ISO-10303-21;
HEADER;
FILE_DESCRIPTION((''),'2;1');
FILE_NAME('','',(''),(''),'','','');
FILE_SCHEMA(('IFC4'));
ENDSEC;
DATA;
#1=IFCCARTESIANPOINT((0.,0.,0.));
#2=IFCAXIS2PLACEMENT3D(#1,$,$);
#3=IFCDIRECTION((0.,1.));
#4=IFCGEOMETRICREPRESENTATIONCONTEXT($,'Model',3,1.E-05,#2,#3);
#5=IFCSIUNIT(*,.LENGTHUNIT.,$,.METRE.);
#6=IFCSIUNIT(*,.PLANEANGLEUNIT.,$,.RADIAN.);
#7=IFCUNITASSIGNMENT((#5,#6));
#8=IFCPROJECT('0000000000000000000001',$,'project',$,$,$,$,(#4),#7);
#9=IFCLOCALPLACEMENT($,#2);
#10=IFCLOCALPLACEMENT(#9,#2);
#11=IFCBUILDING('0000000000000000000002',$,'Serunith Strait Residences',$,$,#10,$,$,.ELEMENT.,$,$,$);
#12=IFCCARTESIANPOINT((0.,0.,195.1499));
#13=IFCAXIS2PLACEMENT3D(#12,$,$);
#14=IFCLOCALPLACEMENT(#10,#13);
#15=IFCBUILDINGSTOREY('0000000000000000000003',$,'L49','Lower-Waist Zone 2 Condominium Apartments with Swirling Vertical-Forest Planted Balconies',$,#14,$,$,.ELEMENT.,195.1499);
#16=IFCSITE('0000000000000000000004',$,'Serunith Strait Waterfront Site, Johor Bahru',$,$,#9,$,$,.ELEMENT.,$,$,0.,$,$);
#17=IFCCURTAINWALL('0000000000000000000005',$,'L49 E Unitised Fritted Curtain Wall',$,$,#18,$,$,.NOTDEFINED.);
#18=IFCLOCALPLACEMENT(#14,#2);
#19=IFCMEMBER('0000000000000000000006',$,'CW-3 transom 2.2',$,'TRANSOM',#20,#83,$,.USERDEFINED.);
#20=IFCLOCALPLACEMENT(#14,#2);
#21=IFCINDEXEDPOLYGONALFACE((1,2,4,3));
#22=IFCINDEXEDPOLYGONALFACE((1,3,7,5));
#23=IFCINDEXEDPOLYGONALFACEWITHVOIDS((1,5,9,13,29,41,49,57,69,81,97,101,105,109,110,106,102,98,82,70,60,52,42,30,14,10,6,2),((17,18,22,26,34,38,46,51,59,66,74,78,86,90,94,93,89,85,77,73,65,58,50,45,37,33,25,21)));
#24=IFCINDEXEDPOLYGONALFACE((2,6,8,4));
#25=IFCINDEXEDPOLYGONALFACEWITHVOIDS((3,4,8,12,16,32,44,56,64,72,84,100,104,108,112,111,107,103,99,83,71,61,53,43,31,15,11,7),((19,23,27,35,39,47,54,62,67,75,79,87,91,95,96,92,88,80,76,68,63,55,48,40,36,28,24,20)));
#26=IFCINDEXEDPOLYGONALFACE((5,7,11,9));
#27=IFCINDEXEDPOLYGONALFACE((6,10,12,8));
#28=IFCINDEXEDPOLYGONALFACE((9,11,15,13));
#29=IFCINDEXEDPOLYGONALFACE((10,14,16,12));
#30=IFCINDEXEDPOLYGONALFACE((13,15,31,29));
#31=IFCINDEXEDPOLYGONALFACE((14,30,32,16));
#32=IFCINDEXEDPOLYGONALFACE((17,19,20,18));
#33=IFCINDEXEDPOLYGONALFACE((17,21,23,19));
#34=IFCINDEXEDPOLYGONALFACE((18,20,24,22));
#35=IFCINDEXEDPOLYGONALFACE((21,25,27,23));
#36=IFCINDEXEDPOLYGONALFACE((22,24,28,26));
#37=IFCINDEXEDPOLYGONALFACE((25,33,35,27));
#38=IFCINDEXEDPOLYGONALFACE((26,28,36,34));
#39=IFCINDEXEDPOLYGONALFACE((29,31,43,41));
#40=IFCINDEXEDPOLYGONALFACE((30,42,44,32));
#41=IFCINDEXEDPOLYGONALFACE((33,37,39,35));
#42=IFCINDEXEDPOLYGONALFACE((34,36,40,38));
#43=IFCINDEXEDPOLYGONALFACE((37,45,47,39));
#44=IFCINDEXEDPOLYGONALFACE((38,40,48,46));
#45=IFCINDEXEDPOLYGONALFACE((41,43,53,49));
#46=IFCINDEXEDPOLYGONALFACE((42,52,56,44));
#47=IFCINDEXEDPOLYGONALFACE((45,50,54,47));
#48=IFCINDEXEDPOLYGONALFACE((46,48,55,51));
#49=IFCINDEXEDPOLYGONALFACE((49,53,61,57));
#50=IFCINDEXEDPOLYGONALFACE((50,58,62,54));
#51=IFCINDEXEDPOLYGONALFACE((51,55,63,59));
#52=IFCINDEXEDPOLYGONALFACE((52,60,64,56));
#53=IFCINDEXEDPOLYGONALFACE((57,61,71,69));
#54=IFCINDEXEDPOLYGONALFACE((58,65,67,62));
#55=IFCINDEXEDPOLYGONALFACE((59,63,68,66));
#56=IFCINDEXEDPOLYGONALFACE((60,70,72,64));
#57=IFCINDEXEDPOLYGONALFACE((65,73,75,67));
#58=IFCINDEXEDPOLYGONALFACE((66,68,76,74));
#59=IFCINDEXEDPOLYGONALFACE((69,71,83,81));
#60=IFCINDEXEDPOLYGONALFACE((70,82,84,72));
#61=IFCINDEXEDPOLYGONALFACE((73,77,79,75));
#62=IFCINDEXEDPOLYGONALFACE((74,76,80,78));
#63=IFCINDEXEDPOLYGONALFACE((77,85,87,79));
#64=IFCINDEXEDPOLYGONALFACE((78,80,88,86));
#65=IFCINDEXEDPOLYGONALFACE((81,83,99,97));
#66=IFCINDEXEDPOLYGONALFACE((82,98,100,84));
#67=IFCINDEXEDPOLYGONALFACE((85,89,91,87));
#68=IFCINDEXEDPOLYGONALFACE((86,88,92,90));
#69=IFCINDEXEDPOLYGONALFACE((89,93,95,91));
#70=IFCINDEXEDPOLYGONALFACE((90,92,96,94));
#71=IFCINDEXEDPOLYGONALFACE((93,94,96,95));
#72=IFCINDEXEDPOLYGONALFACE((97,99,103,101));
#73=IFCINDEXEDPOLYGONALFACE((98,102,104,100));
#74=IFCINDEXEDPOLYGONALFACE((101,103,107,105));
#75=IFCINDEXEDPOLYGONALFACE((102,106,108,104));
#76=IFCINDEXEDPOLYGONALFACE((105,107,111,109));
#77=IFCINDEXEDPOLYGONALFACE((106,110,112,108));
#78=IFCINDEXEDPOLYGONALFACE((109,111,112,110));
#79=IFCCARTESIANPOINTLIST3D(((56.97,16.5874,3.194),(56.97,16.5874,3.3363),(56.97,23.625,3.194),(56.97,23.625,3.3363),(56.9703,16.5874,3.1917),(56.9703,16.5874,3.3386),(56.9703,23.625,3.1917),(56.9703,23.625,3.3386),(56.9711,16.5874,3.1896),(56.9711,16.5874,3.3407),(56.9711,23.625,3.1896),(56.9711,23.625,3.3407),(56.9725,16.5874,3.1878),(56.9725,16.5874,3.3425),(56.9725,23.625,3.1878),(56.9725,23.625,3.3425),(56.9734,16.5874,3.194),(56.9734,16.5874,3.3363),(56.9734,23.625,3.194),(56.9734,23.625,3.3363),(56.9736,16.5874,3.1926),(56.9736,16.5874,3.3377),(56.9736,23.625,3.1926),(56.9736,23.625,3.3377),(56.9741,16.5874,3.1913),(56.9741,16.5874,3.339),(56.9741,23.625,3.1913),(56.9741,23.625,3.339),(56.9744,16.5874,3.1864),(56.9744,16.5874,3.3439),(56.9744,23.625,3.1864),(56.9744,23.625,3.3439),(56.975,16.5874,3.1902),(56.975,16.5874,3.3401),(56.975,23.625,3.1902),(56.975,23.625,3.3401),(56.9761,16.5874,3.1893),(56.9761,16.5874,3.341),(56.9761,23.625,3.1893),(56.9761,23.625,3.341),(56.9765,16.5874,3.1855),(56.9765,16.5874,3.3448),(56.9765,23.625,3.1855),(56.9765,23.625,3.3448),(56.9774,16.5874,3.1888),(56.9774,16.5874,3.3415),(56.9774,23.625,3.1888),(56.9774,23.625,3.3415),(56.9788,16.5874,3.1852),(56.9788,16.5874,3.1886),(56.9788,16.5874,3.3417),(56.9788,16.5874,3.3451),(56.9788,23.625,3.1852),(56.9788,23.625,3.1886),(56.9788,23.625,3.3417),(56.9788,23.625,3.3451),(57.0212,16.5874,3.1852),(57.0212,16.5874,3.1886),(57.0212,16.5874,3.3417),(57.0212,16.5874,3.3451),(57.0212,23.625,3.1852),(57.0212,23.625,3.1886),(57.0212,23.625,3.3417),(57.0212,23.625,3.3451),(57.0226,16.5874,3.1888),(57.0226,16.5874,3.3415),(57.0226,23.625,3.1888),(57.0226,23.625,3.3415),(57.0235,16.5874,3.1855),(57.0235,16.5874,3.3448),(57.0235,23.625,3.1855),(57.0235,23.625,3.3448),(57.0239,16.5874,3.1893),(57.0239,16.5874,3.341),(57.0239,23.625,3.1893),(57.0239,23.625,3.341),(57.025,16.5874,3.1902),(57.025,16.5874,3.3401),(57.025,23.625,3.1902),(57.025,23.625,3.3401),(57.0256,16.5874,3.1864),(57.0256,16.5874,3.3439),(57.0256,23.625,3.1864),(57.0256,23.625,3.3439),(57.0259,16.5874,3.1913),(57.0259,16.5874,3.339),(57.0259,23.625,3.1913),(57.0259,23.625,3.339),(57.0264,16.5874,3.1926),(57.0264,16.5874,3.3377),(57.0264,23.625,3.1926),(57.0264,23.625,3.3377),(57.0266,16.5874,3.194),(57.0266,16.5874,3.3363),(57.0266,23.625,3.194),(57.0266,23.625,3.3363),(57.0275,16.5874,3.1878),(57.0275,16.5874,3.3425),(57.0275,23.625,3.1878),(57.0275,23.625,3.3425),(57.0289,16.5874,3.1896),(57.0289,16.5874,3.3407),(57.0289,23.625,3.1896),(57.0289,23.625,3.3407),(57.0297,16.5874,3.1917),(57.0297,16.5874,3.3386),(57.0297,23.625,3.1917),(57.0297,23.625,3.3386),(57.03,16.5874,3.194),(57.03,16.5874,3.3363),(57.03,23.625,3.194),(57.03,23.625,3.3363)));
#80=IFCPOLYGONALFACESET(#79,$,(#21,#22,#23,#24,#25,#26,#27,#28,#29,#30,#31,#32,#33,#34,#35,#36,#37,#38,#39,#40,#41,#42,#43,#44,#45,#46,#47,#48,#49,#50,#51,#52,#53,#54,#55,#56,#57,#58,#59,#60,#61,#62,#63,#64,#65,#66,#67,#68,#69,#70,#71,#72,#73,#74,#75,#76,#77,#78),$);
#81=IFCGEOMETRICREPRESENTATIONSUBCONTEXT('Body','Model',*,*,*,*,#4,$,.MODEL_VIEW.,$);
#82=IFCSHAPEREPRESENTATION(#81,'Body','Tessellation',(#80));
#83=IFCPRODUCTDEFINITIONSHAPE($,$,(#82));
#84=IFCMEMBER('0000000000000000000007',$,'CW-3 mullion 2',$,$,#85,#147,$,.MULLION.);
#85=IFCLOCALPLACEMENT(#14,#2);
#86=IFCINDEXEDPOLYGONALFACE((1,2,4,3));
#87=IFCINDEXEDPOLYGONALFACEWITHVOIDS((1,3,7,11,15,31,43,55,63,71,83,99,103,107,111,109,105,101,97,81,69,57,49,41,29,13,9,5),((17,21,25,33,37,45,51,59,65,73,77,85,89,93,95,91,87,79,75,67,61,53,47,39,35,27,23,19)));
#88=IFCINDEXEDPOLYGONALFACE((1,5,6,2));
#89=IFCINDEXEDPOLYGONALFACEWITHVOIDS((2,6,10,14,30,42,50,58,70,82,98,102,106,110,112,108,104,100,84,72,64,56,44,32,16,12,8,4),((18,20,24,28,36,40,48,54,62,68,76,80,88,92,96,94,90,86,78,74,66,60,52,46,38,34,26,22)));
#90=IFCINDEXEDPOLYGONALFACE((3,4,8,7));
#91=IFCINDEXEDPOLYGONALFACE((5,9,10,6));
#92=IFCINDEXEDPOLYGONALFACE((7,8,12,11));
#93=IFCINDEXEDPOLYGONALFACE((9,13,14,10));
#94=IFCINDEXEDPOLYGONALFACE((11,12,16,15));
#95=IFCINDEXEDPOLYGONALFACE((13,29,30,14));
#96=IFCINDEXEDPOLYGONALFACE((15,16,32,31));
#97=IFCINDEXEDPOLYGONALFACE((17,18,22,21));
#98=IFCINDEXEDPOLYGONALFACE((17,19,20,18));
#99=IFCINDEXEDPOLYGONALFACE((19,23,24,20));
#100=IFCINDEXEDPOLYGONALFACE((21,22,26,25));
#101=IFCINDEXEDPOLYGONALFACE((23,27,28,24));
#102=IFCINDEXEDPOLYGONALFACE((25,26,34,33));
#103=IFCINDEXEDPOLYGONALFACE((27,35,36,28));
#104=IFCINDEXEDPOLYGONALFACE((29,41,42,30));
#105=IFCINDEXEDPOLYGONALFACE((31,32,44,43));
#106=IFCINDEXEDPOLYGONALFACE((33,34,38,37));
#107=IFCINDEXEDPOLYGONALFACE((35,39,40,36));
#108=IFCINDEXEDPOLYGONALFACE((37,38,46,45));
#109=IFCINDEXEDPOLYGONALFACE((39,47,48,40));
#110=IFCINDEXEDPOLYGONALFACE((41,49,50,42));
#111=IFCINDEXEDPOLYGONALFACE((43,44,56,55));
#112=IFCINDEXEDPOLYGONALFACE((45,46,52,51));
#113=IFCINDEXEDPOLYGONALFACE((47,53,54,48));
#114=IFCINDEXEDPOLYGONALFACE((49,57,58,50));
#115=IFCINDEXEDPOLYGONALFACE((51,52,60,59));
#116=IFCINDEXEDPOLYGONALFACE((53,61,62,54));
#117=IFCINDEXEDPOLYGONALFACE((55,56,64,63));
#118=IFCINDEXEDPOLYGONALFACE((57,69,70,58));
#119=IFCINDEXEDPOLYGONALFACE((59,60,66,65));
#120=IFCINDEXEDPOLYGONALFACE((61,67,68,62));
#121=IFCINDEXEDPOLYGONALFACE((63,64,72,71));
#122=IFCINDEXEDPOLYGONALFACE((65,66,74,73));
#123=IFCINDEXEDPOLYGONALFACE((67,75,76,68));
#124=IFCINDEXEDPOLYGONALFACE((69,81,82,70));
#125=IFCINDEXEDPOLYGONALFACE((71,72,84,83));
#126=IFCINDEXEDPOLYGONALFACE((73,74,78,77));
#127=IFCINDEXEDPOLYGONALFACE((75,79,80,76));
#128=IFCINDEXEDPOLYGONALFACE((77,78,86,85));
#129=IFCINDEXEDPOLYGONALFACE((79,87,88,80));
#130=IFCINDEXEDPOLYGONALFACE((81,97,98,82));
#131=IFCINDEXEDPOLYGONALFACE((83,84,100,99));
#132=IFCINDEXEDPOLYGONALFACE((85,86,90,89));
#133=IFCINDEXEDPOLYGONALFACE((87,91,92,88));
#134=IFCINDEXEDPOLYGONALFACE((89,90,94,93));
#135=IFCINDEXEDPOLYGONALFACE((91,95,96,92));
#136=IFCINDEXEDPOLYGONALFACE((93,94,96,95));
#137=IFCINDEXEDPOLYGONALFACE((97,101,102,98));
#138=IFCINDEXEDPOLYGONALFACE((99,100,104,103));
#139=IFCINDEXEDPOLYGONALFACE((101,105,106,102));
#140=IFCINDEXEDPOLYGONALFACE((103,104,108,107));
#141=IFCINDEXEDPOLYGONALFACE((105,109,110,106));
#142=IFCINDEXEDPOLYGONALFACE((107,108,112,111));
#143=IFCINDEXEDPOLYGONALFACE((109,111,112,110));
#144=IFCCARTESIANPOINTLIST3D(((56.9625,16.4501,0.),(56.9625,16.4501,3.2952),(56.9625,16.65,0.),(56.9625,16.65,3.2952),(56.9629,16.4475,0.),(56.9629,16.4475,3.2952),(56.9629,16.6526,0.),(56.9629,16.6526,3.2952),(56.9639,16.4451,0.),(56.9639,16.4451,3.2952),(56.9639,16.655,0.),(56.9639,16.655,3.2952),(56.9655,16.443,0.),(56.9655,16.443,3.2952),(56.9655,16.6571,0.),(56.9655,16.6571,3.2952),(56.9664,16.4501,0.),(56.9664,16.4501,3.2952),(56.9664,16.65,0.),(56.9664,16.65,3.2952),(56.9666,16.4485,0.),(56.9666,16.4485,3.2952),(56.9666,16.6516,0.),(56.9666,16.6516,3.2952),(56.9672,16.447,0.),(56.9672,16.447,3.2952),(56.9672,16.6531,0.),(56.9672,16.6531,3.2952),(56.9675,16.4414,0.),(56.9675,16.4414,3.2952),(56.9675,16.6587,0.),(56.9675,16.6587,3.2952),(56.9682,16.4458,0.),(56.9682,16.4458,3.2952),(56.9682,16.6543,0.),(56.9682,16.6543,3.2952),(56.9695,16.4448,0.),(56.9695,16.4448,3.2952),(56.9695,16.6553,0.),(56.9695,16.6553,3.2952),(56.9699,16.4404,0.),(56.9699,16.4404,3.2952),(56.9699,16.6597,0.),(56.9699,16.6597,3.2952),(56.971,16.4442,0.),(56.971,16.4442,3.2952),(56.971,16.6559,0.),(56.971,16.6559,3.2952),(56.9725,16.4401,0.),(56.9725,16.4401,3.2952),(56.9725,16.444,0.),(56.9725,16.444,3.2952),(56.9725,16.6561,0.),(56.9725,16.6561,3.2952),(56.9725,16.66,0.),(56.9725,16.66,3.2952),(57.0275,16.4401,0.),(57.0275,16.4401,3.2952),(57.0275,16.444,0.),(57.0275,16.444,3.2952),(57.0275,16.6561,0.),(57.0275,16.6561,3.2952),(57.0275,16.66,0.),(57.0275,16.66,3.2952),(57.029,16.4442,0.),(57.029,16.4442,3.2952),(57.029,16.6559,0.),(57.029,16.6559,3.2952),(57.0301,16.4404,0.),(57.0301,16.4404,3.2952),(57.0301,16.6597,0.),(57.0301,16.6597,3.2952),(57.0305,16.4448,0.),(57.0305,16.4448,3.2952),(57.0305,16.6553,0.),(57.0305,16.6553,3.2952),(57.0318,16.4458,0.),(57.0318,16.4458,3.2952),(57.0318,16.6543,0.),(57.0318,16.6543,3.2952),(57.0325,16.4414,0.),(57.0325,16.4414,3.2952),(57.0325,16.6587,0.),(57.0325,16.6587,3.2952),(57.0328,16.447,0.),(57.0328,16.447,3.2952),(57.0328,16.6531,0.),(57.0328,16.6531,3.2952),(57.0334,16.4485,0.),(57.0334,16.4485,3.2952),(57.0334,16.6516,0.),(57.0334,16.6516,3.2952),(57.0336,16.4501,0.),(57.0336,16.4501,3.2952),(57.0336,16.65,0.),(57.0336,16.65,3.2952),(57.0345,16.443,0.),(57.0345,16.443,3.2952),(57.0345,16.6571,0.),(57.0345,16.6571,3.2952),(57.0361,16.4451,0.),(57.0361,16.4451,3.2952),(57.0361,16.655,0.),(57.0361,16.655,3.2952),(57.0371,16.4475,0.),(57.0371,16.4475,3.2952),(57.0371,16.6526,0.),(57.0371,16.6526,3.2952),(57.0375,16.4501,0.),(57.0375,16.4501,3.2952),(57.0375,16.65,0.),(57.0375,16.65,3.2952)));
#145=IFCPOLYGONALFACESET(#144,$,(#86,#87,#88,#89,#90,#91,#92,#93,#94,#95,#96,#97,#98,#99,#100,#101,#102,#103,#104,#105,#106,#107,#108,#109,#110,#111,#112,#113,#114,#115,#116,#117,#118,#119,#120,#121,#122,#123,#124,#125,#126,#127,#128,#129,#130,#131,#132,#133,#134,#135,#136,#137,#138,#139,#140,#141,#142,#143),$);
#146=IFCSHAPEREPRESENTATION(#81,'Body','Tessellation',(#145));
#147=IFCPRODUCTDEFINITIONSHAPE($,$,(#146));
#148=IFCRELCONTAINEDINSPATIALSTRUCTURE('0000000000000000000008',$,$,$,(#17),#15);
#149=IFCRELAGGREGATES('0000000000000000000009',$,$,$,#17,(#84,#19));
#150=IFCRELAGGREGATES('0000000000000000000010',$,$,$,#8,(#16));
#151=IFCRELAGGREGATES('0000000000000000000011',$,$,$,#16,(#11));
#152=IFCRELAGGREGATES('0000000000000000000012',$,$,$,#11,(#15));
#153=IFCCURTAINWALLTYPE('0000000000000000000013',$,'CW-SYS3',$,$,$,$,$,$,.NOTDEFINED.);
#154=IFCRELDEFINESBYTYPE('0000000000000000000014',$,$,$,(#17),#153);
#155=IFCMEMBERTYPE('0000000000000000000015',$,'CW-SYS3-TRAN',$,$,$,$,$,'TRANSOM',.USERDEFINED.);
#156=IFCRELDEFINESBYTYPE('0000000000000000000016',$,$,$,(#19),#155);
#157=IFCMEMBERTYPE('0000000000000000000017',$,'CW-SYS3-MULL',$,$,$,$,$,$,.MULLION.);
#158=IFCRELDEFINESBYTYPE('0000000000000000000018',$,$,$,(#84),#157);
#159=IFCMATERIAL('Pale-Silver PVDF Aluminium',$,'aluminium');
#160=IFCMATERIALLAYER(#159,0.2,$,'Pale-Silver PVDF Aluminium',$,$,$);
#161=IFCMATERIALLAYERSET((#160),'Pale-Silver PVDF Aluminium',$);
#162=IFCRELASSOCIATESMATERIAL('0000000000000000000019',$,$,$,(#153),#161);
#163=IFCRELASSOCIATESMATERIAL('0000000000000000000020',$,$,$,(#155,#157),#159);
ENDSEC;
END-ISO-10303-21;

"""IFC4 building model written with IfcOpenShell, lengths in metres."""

from ifc_helpers import new_model, si_unit, direction, frame, origin, origin_2d, place, context, subcontext, project, spatial, hollow_rectangle, extrude, source, transform, mapped, material, layer, layer_set, material_profile, profile_set, type_object, element, aggregate, save


model = new_model("IFC4")

# Units and contexts
model_context = context("Model", 3, precision=1e-05, world=origin(), true_north=direction((0.0, 1.0)))
body_context = subcontext(model_context, "Body", "Model", "MODEL_VIEW")
ifc_project = project(units=[si_unit("LENGTHUNIT", "METRE"), si_unit("PLANEANGLEUNIT", "RADIAN")], contexts=[model_context])

# Site, building, storey
site_placement = place(None, origin())
site = spatial("IfcSite", under=ifc_project, at=site_placement, Name="Serunith Strait Waterfront Site, Johor Bahru", CompositionType="ELEMENT", RefElevation=0.0)
building_placement = place(site_placement, origin())
building = spatial("IfcBuilding", under=site, at=building_placement, Name="Serunith Strait Residences", CompositionType="ELEMENT")
storey_placement = place(building_placement, frame((0.0, 0.0, 195.1499)))
storey = spatial("IfcBuildingStorey", under=building, at=storey_placement, Name="L49", Description="Lower-Waist Zone 2 Condominium Apartments with Swirling Vertical-Forest Planted Balconies", CompositionType="ELEMENT", Elevation=195.1499)

# Curtain wall, members
ifc_material_1 = material(Name="Pale-Silver PVDF Aluminium", Category="aluminium")
ifc_layer_1 = layer(ifc_material_1, 0.2, Name="Pale-Silver PVDF Aluminium")
ifc_layer_set_1 = layer_set([ifc_layer_1], Name="Pale-Silver PVDF Aluminium")
curtain_wall_type = type_object("IfcCurtainWallType", Name="CW-SYS3", PredefinedType="NOTDEFINED", material=ifc_layer_set_1)
curtain_wall_placement = place(storey_placement, origin())
curtain_wall = element("IfcCurtainWall", 1, at=curtain_wall_placement, inside=storey, type_object=curtain_wall_type, Name="L49 E Unitised Fritted Curtain Wall", PredefinedType="NOTDEFINED")
ifc_material_profile_1 = material_profile(ifc_material_1, hollow_rectangle(XDim=0.0601, YDim=0.1599, WallThickness=0.0034, InnerFilletRadius=0.0054, OuterFilletRadius=0.0088, at=origin_2d()), Name="ALU 160x60x3.5")
ifc_profile_set_1 = profile_set([ifc_material_profile_1], Name="Pale-Silver PVDF Aluminium")
member_type_1 = type_object("IfcMemberType", Name="CW-SYS3-TRAN", ElementType="TRANSOM", PredefinedType="USERDEFINED", material=ifc_profile_set_1)
shared_shape_1 = source(origin(), body_context, "Body", "SweptSolid", [
    extrude(hollow_rectangle(XDim=0.0601, YDim=0.1599, WallThickness=0.0034, InnerFilletRadius=0.0054, OuterFilletRadius=0.0088, at=origin_2d()), origin(), (0.0, 0.0, 1.0), 7.0376),
])
member_1_placement = place(storey_placement, frame((57.0, 16.5874, 3.2651), z_axis=(0.0, 1.0, 0.0), x_axis=(-1.0, 0.0, 0.0)))
member_1 = element("IfcMember", 2, at=member_1_placement, type_object=member_type_1, Name="CW-3 transom 2.2", ObjectType="TRANSOM", PredefinedType="USERDEFINED", context=body_context, shape_type="MappedRepresentation", body=[
    mapped(shared_shape_1, transform((0.0, 0.0, 0.0), scale=1.0)),
])
ifc_material_profile_2 = material_profile(ifc_material_1, hollow_rectangle(XDim=0.075, YDim=0.22, WallThickness=0.0039, InnerFilletRadius=0.0061, OuterFilletRadius=0.01, at=origin_2d()), Name="ALU 220x75x4")
ifc_profile_set_2 = profile_set([ifc_material_profile_2], Name="Pale-Silver PVDF Aluminium")
member_type_2 = type_object("IfcMemberType", Name="CW-SYS3-MULL", PredefinedType="MULLION", material=ifc_profile_set_2)
shared_shape_2 = source(origin(), body_context, "Body", "SweptSolid", [
    extrude(hollow_rectangle(XDim=0.075, YDim=0.22, WallThickness=0.0039, InnerFilletRadius=0.0061, OuterFilletRadius=0.01, at=origin_2d()), origin(), (0.0, 0.0, 1.0), 3.2952),
])
member_2_placement = place(storey_placement, frame((57.0, 16.55, 0.0), z_axis=(0.0, 0.0, 1.0), x_axis=(-1.0, 0.0, 0.0)))
member_2 = element("IfcMember", 3, at=member_2_placement, type_object=member_type_2, Name="CW-3 mullion 2", PredefinedType="MULLION", context=body_context, shape_type="MappedRepresentation", body=[
    mapped(shared_shape_2, transform((0.0, 0.0, 0.0), scale=1.0)),
])
aggregate(curtain_wall, [member_2, member_1])

save(model, "model.ifc")
